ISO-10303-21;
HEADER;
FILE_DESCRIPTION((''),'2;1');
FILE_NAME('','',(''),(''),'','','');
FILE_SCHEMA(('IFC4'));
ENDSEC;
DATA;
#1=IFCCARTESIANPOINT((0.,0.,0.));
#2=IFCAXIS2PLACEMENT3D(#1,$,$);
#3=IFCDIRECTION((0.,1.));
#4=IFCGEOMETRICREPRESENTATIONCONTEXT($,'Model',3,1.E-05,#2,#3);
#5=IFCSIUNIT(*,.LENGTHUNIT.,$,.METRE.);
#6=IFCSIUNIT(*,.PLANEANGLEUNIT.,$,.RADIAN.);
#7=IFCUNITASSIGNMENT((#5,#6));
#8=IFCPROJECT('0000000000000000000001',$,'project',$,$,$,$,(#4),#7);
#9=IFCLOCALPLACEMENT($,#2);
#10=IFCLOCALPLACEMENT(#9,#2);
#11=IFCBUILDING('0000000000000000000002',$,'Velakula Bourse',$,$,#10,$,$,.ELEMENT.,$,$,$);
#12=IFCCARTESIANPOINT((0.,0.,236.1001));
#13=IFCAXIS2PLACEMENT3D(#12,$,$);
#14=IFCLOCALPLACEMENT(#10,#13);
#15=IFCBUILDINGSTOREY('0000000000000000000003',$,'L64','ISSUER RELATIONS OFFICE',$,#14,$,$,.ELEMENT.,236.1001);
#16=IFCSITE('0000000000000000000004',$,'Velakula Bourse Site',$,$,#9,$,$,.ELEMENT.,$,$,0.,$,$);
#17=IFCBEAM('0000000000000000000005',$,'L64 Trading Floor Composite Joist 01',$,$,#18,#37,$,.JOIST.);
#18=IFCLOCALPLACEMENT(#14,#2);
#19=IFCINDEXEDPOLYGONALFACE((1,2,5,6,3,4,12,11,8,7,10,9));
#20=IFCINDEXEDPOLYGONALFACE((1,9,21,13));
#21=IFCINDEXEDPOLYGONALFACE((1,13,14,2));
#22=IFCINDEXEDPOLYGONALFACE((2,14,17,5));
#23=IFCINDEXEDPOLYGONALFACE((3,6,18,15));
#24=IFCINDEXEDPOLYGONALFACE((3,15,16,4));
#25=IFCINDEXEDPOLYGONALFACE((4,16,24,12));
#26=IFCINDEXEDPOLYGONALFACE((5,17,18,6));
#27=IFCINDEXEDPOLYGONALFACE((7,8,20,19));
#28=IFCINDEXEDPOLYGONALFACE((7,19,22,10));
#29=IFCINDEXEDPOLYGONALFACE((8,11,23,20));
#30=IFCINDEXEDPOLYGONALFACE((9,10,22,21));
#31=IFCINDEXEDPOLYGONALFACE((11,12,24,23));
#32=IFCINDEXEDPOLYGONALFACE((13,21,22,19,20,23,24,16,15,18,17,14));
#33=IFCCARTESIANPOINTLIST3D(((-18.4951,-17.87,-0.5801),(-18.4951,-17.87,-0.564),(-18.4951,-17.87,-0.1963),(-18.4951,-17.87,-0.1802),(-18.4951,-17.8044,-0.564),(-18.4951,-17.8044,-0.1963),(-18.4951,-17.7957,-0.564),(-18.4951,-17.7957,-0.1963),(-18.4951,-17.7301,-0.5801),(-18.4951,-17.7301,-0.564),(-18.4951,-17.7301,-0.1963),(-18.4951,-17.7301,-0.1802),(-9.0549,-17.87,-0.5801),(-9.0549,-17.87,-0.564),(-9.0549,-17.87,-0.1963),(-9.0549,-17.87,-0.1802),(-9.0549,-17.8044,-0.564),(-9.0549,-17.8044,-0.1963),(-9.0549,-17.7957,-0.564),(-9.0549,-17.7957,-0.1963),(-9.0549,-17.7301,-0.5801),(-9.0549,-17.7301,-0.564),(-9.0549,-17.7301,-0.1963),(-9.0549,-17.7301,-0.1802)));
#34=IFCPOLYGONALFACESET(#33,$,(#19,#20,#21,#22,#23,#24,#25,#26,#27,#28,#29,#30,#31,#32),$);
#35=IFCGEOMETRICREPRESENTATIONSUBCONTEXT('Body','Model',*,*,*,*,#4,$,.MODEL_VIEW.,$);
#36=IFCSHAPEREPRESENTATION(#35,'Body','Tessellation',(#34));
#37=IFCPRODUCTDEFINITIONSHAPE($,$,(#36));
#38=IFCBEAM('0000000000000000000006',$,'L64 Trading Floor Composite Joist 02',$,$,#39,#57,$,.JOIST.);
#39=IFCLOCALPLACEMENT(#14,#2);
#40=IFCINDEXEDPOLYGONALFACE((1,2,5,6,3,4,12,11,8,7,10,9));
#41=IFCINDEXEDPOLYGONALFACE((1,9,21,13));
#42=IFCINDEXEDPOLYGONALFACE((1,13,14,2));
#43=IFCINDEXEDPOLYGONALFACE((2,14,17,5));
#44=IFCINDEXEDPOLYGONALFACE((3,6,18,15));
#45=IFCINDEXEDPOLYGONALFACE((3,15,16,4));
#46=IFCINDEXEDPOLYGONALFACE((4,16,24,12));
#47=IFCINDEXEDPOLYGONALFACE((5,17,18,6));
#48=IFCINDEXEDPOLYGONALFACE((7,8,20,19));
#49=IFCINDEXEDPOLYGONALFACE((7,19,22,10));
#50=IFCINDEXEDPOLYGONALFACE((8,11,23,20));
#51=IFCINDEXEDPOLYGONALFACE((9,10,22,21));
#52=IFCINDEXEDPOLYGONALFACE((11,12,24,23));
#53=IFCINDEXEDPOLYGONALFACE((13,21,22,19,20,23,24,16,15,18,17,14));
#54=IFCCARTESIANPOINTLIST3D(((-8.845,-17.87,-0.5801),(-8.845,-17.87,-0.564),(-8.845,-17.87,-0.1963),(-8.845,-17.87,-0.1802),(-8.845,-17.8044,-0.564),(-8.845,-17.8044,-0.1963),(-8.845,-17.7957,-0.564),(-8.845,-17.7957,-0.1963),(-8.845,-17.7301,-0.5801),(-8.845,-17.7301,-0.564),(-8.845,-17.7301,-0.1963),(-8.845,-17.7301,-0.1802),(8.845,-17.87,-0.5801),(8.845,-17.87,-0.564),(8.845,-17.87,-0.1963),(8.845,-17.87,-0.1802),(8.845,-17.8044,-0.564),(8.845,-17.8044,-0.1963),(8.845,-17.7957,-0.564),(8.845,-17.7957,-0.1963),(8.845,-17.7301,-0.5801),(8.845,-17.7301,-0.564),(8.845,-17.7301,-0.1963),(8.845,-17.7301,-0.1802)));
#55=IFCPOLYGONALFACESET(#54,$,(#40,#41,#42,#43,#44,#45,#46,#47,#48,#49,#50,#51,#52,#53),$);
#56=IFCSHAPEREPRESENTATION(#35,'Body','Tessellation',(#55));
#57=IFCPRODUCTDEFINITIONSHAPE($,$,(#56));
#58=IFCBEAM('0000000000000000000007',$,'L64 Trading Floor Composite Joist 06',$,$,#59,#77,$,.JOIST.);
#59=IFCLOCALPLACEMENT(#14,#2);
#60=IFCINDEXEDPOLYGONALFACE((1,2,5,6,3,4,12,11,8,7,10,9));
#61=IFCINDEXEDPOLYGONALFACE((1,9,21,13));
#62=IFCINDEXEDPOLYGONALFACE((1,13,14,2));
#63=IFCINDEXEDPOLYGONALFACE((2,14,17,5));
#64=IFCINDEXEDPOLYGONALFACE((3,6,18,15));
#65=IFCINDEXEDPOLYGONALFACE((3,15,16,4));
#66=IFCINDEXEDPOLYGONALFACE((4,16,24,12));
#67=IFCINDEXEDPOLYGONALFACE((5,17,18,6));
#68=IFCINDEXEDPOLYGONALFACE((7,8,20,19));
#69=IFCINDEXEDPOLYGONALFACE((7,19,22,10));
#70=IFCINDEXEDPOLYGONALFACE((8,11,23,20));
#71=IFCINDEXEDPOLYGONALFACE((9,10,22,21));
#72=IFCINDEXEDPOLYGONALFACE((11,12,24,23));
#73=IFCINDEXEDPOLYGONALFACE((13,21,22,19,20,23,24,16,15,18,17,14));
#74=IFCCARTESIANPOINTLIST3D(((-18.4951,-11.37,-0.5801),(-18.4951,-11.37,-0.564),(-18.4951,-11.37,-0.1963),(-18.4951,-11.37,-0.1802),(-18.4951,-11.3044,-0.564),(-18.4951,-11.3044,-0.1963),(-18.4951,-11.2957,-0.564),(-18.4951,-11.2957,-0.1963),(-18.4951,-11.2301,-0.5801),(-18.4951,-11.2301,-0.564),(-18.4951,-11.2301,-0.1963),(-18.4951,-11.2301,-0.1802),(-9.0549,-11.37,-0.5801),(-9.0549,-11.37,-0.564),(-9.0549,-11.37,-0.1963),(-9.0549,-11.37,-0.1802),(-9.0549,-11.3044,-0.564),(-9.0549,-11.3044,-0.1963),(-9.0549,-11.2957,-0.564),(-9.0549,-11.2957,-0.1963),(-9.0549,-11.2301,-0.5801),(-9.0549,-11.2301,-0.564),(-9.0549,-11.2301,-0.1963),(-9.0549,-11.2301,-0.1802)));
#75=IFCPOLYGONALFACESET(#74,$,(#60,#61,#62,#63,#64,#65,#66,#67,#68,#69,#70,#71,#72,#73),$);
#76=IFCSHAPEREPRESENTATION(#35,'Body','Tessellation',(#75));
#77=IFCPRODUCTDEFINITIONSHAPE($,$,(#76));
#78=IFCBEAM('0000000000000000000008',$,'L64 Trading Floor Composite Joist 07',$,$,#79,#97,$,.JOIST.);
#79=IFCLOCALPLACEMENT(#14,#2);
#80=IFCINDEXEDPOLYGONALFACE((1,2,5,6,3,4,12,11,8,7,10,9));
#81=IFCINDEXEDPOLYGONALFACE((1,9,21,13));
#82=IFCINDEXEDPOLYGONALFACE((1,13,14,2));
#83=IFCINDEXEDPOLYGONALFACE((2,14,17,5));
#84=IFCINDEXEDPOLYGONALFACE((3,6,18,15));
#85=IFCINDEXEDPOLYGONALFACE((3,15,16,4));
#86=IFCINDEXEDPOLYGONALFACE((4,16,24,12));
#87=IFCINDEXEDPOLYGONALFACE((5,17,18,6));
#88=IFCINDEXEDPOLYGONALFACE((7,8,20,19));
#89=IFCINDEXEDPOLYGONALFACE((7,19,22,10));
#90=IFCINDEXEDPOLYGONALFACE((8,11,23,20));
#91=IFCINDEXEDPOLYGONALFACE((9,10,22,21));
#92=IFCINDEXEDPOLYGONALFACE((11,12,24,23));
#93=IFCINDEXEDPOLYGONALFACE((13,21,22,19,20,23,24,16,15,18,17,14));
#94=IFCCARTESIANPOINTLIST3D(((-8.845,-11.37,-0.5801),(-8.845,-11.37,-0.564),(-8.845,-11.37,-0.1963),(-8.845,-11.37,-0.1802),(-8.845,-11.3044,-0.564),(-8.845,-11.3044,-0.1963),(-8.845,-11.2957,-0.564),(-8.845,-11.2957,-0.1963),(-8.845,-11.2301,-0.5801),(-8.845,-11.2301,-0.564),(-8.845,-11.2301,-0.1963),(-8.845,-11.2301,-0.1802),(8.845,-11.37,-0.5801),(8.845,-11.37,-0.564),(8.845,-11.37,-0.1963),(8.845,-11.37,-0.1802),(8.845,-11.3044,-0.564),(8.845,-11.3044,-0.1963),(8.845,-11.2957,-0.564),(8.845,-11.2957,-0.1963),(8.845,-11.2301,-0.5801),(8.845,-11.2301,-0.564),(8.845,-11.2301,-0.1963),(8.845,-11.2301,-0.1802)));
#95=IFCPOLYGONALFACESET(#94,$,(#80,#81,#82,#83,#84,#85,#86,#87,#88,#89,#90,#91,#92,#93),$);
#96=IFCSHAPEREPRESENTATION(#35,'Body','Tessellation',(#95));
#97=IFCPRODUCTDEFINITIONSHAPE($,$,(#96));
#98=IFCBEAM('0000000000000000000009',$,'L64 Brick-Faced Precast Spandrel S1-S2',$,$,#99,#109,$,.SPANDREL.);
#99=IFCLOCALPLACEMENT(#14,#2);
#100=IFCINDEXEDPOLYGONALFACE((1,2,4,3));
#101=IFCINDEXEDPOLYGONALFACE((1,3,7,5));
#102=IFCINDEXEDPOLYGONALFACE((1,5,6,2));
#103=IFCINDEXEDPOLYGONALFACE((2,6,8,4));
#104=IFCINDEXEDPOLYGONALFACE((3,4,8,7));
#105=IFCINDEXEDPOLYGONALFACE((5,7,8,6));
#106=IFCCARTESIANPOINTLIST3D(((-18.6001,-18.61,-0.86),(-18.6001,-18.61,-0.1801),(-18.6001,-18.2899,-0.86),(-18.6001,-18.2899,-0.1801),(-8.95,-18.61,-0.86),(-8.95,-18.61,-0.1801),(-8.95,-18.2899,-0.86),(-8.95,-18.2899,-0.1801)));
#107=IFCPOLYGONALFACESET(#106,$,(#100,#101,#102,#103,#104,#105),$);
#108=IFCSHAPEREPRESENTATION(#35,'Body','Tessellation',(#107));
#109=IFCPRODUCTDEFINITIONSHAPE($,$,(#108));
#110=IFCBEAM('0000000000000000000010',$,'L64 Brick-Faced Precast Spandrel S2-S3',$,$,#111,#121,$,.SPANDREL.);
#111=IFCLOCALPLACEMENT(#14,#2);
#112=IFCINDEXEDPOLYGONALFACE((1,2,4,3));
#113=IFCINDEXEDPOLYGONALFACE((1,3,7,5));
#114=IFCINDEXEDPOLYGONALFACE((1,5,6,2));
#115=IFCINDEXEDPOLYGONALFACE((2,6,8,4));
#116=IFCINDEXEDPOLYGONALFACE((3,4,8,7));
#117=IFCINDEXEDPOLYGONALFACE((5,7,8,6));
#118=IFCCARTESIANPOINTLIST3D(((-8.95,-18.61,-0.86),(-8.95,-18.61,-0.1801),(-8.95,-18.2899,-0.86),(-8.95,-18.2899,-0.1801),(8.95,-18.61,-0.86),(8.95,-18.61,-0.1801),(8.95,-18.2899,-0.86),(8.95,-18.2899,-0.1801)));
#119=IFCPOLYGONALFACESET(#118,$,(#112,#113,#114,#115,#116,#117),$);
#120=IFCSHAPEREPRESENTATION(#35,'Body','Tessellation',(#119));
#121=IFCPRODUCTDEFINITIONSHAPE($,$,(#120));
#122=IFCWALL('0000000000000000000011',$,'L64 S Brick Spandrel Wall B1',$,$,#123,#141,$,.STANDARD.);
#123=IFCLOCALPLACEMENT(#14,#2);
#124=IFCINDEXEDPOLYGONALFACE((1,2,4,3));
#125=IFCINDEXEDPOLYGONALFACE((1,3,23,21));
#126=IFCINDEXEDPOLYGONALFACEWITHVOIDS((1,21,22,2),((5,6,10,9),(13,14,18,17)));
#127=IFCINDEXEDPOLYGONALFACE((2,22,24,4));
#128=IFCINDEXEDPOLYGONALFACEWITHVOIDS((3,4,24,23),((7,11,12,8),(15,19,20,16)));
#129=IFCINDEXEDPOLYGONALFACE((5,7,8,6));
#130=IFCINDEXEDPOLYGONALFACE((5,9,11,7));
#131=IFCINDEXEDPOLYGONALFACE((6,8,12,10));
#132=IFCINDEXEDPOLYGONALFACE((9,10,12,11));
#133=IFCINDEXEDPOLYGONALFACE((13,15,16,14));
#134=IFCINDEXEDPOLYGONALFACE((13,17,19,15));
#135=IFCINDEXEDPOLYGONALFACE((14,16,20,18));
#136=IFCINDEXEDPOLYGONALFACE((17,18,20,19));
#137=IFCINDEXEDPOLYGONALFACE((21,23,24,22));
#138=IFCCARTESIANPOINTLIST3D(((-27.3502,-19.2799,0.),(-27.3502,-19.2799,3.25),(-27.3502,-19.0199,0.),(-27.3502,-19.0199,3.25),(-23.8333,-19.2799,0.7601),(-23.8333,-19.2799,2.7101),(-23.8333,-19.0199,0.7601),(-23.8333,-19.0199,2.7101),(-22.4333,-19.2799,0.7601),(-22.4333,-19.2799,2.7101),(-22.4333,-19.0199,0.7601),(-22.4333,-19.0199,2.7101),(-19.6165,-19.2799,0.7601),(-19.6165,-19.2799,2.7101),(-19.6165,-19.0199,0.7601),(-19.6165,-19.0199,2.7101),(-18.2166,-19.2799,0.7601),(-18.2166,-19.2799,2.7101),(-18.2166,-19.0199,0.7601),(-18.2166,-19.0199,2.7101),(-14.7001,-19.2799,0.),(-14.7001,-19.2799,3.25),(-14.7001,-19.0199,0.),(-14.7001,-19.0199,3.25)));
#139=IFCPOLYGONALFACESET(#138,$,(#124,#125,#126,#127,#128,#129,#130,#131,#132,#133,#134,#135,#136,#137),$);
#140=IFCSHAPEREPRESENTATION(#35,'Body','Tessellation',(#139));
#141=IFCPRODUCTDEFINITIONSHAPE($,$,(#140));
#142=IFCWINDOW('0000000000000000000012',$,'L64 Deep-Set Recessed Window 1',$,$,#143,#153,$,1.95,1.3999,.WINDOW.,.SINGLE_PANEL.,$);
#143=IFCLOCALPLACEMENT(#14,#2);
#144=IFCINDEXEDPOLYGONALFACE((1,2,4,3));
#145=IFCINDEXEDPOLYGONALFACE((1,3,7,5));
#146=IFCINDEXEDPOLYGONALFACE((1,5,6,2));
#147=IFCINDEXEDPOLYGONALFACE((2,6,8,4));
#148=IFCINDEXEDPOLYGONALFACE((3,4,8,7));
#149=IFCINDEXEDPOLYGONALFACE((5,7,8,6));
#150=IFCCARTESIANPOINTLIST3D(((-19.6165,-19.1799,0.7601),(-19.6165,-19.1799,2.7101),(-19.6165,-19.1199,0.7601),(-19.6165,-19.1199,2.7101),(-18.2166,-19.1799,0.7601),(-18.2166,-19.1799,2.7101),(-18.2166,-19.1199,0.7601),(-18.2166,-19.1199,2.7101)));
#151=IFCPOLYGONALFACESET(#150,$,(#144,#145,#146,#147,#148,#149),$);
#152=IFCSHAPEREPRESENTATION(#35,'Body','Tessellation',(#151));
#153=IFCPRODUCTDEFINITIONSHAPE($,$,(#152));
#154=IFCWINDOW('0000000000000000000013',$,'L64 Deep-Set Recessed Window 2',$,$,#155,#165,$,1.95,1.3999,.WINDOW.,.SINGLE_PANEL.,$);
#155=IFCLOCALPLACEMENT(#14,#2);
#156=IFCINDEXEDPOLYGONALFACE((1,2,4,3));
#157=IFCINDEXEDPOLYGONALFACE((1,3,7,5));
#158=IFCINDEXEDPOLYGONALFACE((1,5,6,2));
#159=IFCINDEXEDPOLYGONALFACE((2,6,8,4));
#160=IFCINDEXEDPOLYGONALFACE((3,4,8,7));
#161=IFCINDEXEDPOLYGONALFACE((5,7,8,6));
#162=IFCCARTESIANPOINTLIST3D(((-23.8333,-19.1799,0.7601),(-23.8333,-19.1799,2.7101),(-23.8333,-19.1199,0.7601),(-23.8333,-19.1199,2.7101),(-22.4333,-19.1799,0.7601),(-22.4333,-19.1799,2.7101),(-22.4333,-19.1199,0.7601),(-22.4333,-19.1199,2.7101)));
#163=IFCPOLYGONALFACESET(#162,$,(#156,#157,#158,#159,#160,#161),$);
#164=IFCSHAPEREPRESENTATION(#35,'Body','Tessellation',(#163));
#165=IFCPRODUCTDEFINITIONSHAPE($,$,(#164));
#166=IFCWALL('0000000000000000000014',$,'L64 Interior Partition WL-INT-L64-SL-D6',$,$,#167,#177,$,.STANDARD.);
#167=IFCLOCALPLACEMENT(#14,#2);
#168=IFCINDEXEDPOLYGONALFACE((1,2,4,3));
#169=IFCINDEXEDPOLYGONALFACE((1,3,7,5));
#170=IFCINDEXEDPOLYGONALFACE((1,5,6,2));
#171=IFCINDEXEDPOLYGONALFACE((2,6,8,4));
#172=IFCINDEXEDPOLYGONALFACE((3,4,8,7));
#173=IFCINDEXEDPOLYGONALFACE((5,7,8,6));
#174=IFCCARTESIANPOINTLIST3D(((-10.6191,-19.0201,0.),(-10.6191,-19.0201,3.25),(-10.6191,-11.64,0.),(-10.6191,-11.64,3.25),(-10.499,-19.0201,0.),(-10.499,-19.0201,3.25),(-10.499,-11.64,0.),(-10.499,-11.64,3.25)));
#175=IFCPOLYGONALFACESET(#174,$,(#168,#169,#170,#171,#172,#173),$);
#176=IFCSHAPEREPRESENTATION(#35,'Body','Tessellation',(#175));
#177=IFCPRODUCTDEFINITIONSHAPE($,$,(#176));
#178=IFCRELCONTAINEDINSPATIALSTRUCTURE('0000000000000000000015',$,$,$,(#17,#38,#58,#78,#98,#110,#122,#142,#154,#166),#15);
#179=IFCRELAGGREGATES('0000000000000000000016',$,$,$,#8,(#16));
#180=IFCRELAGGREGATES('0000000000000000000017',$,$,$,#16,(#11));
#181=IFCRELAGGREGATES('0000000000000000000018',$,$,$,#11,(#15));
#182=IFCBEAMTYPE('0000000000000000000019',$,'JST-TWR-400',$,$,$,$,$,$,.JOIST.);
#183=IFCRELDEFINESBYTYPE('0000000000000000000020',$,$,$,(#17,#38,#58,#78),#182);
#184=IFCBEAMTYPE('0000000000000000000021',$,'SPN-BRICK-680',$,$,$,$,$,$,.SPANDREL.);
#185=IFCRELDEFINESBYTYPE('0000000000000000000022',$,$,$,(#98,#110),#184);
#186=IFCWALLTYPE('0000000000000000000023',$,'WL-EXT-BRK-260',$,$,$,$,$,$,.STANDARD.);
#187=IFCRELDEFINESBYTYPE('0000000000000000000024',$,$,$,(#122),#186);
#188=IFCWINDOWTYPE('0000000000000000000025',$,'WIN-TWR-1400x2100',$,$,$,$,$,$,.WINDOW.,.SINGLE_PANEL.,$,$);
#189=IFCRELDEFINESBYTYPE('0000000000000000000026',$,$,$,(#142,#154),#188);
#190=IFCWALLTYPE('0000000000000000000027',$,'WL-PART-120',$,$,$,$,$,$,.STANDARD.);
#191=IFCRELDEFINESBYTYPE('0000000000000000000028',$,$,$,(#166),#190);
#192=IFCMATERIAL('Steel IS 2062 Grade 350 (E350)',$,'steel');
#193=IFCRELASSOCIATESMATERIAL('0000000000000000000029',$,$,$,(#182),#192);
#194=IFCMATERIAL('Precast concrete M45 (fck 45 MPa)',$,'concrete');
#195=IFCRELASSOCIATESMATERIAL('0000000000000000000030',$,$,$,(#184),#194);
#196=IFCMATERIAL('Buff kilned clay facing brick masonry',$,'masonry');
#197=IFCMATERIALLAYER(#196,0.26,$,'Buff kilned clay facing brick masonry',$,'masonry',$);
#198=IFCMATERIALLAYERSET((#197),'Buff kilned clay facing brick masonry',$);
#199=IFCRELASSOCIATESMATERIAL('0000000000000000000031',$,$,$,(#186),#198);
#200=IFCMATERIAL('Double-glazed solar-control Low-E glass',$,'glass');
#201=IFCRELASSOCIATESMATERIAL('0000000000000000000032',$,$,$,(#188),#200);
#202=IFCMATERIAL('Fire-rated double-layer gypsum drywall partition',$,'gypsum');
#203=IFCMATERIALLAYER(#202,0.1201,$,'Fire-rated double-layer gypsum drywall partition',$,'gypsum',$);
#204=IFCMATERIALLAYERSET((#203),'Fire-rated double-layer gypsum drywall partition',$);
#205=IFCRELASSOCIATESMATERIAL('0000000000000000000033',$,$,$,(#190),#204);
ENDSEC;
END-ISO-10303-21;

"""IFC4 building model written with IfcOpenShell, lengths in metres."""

from ifc_helpers import new_model, si_unit, direction, frame, frame_2d, origin, origin_2d, place, context, subcontext, project, spatial, rectangle, i_section, extrude, material, layer, layer_set, material_profile, profile_set, type_object, element, fill, save


model = new_model("IFC4")

# Units and contexts
model_context = context("Model", 3, precision=1e-05, world=origin(), true_north=direction((0.0, 1.0)))
body_context = subcontext(model_context, "Body", "Model", "MODEL_VIEW")
ifc_project = project(units=[si_unit("LENGTHUNIT", "METRE"), si_unit("PLANEANGLEUNIT", "RADIAN")], contexts=[model_context])

# Site, building, storey
site_placement = place(None, origin())
site = spatial("IfcSite", under=ifc_project, at=site_placement, Name="Velakula Bourse Site", CompositionType="ELEMENT", RefElevation=0.0)
building_placement = place(site_placement, origin())
building = spatial("IfcBuilding", under=site, at=building_placement, Name="Velakula Bourse", CompositionType="ELEMENT")
storey_placement = place(building_placement, frame((0.0, 0.0, 236.1001)))
storey = spatial("IfcBuildingStorey", under=building, at=storey_placement, Name="L64", Description="ISSUER RELATIONS OFFICE", CompositionType="ELEMENT", Elevation=236.1001)

# Shared definitions
ifc_material_1 = material(Name="Steel IS 2062 Grade 350 (E350)", Category="steel")

# Beams
ifc_material_profile_1 = material_profile(ifc_material_1, i_section(OverallWidth=0.1399, OverallDepth=0.3999, WebThickness=0.0088, FlangeThickness=0.0161, at=origin_2d()), Name="Steel IS 2062 Grade 350 (E350)")
ifc_profile_set_1 = profile_set([ifc_material_profile_1], Name="Steel IS 2062 Grade 350 (E350)")
beam_type_1 = type_object("IfcBeamType", Name="JST-TWR-400", PredefinedType="JOIST", material=ifc_profile_set_1)
beam_1_placement = place(storey_placement, frame((-18.4951, -17.8, -0.3801), z_axis=(1.0, 0.0, 0.0), x_axis=(0.0, 1.0, 0.0)))
element("IfcBeam", 1, at=beam_1_placement, inside=storey, type_object=beam_type_1, Name="L64 Trading Floor Composite Joist 01", PredefinedType="JOIST", context=body_context, shape_type="SweptSolid", body=[
    extrude(i_section(OverallWidth=0.1399, OverallDepth=0.3999, WebThickness=0.0088, FlangeThickness=0.0161, at=origin_2d()), origin(), (0.0, 0.0, 1.0), 9.4402),
])
beam_2_placement = place(storey_placement, frame((-8.845, -17.8, -0.3801), z_axis=(1.0, 0.0, 0.0), x_axis=(0.0, 1.0, 0.0)))
element("IfcBeam", 2, at=beam_2_placement, inside=storey, type_object=beam_type_1, Name="L64 Trading Floor Composite Joist 02", PredefinedType="JOIST", context=body_context, shape_type="SweptSolid", body=[
    extrude(i_section(OverallWidth=0.1399, OverallDepth=0.3999, WebThickness=0.0088, FlangeThickness=0.0161, at=origin_2d()), origin(), (0.0, 0.0, 1.0), 17.6899),
])
beam_3_placement = place(storey_placement, frame((-18.4951, -11.3, -0.3801), z_axis=(1.0, 0.0, 0.0), x_axis=(0.0, 1.0, 0.0)))
element("IfcBeam", 3, at=beam_3_placement, inside=storey, type_object=beam_type_1, Name="L64 Trading Floor Composite Joist 06", PredefinedType="JOIST", context=body_context, shape_type="SweptSolid", body=[
    extrude(i_section(OverallWidth=0.1399, OverallDepth=0.3999, WebThickness=0.0088, FlangeThickness=0.0161, at=origin_2d()), origin(), (0.0, 0.0, 1.0), 9.4402),
])
beam_4_placement = place(storey_placement, frame((-8.845, -11.3, -0.3801), z_axis=(1.0, 0.0, 0.0), x_axis=(0.0, 1.0, 0.0)))
element("IfcBeam", 4, at=beam_4_placement, inside=storey, type_object=beam_type_1, Name="L64 Trading Floor Composite Joist 07", PredefinedType="JOIST", context=body_context, shape_type="SweptSolid", body=[
    extrude(i_section(OverallWidth=0.1399, OverallDepth=0.3999, WebThickness=0.0088, FlangeThickness=0.0161, at=origin_2d()), origin(), (0.0, 0.0, 1.0), 17.6899),
])
ifc_material_2 = material(Name="Precast concrete M45 (fck 45 MPa)", Category="concrete")
ifc_material_profile_2 = material_profile(ifc_material_2, rectangle(XDim=0.3201, YDim=0.6799, at=origin_2d()), Name="Precast concrete M45 (fck 45 MPa)")
ifc_profile_set_2 = profile_set([ifc_material_profile_2], Name="Precast concrete M45 (fck 45 MPa)")
beam_type_2 = type_object("IfcBeamType", Name="SPN-BRICK-680", PredefinedType="SPANDREL", material=ifc_profile_set_2)
beam_5_placement = place(storey_placement, frame((-18.6001, -18.45, -0.52), z_axis=(1.0, 0.0, 0.0), x_axis=(0.0, 1.0, 0.0)))
element("IfcBeam", 5, at=beam_5_placement, inside=storey, type_object=beam_type_2, Name="L64 Brick-Faced Precast Spandrel S1-S2", PredefinedType="SPANDREL", context=body_context, shape_type="SweptSolid", body=[
    extrude(rectangle(XDim=0.3201, YDim=0.6799, at=origin_2d()), origin(), (0.0, 0.0, 1.0), 9.6501),
])
beam_6_placement = place(storey_placement, frame((-8.95, -18.45, -0.52), z_axis=(1.0, 0.0, 0.0), x_axis=(0.0, 1.0, 0.0)))
element("IfcBeam", 6, at=beam_6_placement, inside=storey, type_object=beam_type_2, Name="L64 Brick-Faced Precast Spandrel S2-S3", PredefinedType="SPANDREL", context=body_context, shape_type="SweptSolid", body=[
    extrude(rectangle(XDim=0.3201, YDim=0.6799, at=origin_2d()), origin(), (0.0, 0.0, 1.0), 17.8999),
])

# Wall, openings, windows
ifc_material_3 = material(Name="Buff kilned clay facing brick masonry", Category="masonry")
ifc_layer_1 = layer(ifc_material_3, 0.26, Name="Buff kilned clay facing brick masonry", Category="masonry")
ifc_layer_set_1 = layer_set([ifc_layer_1], Name="Buff kilned clay facing brick masonry")
wall_type_1 = type_object("IfcWallType", Name="WL-EXT-BRK-260", PredefinedType="STANDARD", material=ifc_layer_set_1)
wall_1_placement = place(storey_placement, frame((-14.7, -19.1499, 0.0), z_axis=(0.0, 0.0, 1.0), x_axis=(-1.0, 0.0, 0.0)))
wall_1 = element("IfcWall", 7, at=wall_1_placement, inside=storey, type_object=wall_type_1, Name="L64 S Brick Spandrel Wall B1", PredefinedType="STANDARD", context=body_context, shape_type="SweptSolid", body=[
    extrude(rectangle(XDim=12.6501, YDim=0.26, at=frame_2d((6.3252, 0.0))), origin(), (0.0, 0.0, 1.0), 3.25),
])
opening_1_placement = place(wall_1_placement, frame((3.5166, 0.0, 0.76)))
opening_1 = element("IfcOpeningElement", 8, at=opening_1_placement, cuts=wall_1, PredefinedType="OPENING", context=body_context, shape_type="SweptSolid", body=[
    extrude(rectangle(XDim=1.3999, YDim=1.95, at=frame_2d((0.7, 0.9751))), frame((0.0, 0.1399, 0.0), z_axis=(0.0, -1.0, 0.0), x_axis=(1.0, 0.0, 0.0)), (0.0, 0.0, 1.0), 0.28),
])
opening_2_placement = place(wall_1_placement, frame((7.7334, 0.0, 0.76)))
opening_2 = element("IfcOpeningElement", 9, at=opening_2_placement, cuts=wall_1, PredefinedType="OPENING", context=body_context, shape_type="SweptSolid", body=[
    extrude(rectangle(XDim=1.3999, YDim=1.95, at=frame_2d((0.7, 0.9751))), frame((0.0, 0.1399, 0.0), z_axis=(0.0, -1.0, 0.0), x_axis=(1.0, 0.0, 0.0)), (0.0, 0.0, 1.0), 0.28),
])
ifc_material_4 = material(Name="Double-glazed solar-control Low-E glass", Category="glass")
window_type = type_object("IfcWindowType", Name="WIN-TWR-1400x2100", PartitioningType="SINGLE_PANEL", PredefinedType="WINDOW", material=ifc_material_4)
window_1_placement = place(opening_1_placement, origin())
window_1 = element("IfcWindow", 10, at=window_1_placement, inside=storey, type_object=window_type, Name="L64 Deep-Set Recessed Window 1", OverallHeight=1.95, OverallWidth=1.3999, PartitioningType="SINGLE_PANEL", PredefinedType="WINDOW", context=body_context, shape_type="SweptSolid", body=[
    extrude(rectangle(XDim=1.3999, YDim=1.95, at=frame_2d((0.7, 0.9751))), frame((0.0, 0.03, 0.0), z_axis=(0.0, -1.0, 0.0), x_axis=(1.0, 0.0, 0.0)), (0.0, 0.0, 1.0), 0.0601),
])
fill(opening_1, window_1)
window_2_placement = place(opening_2_placement, origin())
window_2 = element("IfcWindow", 11, at=window_2_placement, inside=storey, type_object=window_type, Name="L64 Deep-Set Recessed Window 2", OverallHeight=1.95, OverallWidth=1.3999, PartitioningType="SINGLE_PANEL", PredefinedType="WINDOW", context=body_context, shape_type="SweptSolid", body=[
    extrude(rectangle(XDim=1.3999, YDim=1.95, at=frame_2d((0.7, 0.9751))), frame((0.0, 0.03, 0.0), z_axis=(0.0, -1.0, 0.0), x_axis=(1.0, 0.0, 0.0)), (0.0, 0.0, 1.0), 0.0601),
])
fill(opening_2, window_2)

# Wall
ifc_material_5 = material(Name="Fire-rated double-layer gypsum drywall partition", Category="gypsum")
ifc_layer_2 = layer(ifc_material_5, 0.1201, Name="Fire-rated double-layer gypsum drywall partition", Category="gypsum")
ifc_layer_set_2 = layer_set([ifc_layer_2], Name="Fire-rated double-layer gypsum drywall partition")
wall_type_2 = type_object("IfcWallType", Name="WL-PART-120", PredefinedType="STANDARD", material=ifc_layer_set_2)
wall_2_placement = place(storey_placement, frame((-10.5591, -19.02, 0.0), z_axis=(0.0, 0.0, 1.0), x_axis=(0.0, 1.0, 0.0)))
element("IfcWall", 12, at=wall_2_placement, inside=storey, type_object=wall_type_2, Name="L64 Interior Partition WL-INT-L64-SL-D6", PredefinedType="STANDARD", context=body_context, shape_type="SweptSolid", body=[
    extrude(rectangle(XDim=7.3801, YDim=0.1201, at=frame_2d((3.6899, 0.0))), origin(), (0.0, 0.0, 1.0), 3.25),
])

save(model, "model.ifc")
